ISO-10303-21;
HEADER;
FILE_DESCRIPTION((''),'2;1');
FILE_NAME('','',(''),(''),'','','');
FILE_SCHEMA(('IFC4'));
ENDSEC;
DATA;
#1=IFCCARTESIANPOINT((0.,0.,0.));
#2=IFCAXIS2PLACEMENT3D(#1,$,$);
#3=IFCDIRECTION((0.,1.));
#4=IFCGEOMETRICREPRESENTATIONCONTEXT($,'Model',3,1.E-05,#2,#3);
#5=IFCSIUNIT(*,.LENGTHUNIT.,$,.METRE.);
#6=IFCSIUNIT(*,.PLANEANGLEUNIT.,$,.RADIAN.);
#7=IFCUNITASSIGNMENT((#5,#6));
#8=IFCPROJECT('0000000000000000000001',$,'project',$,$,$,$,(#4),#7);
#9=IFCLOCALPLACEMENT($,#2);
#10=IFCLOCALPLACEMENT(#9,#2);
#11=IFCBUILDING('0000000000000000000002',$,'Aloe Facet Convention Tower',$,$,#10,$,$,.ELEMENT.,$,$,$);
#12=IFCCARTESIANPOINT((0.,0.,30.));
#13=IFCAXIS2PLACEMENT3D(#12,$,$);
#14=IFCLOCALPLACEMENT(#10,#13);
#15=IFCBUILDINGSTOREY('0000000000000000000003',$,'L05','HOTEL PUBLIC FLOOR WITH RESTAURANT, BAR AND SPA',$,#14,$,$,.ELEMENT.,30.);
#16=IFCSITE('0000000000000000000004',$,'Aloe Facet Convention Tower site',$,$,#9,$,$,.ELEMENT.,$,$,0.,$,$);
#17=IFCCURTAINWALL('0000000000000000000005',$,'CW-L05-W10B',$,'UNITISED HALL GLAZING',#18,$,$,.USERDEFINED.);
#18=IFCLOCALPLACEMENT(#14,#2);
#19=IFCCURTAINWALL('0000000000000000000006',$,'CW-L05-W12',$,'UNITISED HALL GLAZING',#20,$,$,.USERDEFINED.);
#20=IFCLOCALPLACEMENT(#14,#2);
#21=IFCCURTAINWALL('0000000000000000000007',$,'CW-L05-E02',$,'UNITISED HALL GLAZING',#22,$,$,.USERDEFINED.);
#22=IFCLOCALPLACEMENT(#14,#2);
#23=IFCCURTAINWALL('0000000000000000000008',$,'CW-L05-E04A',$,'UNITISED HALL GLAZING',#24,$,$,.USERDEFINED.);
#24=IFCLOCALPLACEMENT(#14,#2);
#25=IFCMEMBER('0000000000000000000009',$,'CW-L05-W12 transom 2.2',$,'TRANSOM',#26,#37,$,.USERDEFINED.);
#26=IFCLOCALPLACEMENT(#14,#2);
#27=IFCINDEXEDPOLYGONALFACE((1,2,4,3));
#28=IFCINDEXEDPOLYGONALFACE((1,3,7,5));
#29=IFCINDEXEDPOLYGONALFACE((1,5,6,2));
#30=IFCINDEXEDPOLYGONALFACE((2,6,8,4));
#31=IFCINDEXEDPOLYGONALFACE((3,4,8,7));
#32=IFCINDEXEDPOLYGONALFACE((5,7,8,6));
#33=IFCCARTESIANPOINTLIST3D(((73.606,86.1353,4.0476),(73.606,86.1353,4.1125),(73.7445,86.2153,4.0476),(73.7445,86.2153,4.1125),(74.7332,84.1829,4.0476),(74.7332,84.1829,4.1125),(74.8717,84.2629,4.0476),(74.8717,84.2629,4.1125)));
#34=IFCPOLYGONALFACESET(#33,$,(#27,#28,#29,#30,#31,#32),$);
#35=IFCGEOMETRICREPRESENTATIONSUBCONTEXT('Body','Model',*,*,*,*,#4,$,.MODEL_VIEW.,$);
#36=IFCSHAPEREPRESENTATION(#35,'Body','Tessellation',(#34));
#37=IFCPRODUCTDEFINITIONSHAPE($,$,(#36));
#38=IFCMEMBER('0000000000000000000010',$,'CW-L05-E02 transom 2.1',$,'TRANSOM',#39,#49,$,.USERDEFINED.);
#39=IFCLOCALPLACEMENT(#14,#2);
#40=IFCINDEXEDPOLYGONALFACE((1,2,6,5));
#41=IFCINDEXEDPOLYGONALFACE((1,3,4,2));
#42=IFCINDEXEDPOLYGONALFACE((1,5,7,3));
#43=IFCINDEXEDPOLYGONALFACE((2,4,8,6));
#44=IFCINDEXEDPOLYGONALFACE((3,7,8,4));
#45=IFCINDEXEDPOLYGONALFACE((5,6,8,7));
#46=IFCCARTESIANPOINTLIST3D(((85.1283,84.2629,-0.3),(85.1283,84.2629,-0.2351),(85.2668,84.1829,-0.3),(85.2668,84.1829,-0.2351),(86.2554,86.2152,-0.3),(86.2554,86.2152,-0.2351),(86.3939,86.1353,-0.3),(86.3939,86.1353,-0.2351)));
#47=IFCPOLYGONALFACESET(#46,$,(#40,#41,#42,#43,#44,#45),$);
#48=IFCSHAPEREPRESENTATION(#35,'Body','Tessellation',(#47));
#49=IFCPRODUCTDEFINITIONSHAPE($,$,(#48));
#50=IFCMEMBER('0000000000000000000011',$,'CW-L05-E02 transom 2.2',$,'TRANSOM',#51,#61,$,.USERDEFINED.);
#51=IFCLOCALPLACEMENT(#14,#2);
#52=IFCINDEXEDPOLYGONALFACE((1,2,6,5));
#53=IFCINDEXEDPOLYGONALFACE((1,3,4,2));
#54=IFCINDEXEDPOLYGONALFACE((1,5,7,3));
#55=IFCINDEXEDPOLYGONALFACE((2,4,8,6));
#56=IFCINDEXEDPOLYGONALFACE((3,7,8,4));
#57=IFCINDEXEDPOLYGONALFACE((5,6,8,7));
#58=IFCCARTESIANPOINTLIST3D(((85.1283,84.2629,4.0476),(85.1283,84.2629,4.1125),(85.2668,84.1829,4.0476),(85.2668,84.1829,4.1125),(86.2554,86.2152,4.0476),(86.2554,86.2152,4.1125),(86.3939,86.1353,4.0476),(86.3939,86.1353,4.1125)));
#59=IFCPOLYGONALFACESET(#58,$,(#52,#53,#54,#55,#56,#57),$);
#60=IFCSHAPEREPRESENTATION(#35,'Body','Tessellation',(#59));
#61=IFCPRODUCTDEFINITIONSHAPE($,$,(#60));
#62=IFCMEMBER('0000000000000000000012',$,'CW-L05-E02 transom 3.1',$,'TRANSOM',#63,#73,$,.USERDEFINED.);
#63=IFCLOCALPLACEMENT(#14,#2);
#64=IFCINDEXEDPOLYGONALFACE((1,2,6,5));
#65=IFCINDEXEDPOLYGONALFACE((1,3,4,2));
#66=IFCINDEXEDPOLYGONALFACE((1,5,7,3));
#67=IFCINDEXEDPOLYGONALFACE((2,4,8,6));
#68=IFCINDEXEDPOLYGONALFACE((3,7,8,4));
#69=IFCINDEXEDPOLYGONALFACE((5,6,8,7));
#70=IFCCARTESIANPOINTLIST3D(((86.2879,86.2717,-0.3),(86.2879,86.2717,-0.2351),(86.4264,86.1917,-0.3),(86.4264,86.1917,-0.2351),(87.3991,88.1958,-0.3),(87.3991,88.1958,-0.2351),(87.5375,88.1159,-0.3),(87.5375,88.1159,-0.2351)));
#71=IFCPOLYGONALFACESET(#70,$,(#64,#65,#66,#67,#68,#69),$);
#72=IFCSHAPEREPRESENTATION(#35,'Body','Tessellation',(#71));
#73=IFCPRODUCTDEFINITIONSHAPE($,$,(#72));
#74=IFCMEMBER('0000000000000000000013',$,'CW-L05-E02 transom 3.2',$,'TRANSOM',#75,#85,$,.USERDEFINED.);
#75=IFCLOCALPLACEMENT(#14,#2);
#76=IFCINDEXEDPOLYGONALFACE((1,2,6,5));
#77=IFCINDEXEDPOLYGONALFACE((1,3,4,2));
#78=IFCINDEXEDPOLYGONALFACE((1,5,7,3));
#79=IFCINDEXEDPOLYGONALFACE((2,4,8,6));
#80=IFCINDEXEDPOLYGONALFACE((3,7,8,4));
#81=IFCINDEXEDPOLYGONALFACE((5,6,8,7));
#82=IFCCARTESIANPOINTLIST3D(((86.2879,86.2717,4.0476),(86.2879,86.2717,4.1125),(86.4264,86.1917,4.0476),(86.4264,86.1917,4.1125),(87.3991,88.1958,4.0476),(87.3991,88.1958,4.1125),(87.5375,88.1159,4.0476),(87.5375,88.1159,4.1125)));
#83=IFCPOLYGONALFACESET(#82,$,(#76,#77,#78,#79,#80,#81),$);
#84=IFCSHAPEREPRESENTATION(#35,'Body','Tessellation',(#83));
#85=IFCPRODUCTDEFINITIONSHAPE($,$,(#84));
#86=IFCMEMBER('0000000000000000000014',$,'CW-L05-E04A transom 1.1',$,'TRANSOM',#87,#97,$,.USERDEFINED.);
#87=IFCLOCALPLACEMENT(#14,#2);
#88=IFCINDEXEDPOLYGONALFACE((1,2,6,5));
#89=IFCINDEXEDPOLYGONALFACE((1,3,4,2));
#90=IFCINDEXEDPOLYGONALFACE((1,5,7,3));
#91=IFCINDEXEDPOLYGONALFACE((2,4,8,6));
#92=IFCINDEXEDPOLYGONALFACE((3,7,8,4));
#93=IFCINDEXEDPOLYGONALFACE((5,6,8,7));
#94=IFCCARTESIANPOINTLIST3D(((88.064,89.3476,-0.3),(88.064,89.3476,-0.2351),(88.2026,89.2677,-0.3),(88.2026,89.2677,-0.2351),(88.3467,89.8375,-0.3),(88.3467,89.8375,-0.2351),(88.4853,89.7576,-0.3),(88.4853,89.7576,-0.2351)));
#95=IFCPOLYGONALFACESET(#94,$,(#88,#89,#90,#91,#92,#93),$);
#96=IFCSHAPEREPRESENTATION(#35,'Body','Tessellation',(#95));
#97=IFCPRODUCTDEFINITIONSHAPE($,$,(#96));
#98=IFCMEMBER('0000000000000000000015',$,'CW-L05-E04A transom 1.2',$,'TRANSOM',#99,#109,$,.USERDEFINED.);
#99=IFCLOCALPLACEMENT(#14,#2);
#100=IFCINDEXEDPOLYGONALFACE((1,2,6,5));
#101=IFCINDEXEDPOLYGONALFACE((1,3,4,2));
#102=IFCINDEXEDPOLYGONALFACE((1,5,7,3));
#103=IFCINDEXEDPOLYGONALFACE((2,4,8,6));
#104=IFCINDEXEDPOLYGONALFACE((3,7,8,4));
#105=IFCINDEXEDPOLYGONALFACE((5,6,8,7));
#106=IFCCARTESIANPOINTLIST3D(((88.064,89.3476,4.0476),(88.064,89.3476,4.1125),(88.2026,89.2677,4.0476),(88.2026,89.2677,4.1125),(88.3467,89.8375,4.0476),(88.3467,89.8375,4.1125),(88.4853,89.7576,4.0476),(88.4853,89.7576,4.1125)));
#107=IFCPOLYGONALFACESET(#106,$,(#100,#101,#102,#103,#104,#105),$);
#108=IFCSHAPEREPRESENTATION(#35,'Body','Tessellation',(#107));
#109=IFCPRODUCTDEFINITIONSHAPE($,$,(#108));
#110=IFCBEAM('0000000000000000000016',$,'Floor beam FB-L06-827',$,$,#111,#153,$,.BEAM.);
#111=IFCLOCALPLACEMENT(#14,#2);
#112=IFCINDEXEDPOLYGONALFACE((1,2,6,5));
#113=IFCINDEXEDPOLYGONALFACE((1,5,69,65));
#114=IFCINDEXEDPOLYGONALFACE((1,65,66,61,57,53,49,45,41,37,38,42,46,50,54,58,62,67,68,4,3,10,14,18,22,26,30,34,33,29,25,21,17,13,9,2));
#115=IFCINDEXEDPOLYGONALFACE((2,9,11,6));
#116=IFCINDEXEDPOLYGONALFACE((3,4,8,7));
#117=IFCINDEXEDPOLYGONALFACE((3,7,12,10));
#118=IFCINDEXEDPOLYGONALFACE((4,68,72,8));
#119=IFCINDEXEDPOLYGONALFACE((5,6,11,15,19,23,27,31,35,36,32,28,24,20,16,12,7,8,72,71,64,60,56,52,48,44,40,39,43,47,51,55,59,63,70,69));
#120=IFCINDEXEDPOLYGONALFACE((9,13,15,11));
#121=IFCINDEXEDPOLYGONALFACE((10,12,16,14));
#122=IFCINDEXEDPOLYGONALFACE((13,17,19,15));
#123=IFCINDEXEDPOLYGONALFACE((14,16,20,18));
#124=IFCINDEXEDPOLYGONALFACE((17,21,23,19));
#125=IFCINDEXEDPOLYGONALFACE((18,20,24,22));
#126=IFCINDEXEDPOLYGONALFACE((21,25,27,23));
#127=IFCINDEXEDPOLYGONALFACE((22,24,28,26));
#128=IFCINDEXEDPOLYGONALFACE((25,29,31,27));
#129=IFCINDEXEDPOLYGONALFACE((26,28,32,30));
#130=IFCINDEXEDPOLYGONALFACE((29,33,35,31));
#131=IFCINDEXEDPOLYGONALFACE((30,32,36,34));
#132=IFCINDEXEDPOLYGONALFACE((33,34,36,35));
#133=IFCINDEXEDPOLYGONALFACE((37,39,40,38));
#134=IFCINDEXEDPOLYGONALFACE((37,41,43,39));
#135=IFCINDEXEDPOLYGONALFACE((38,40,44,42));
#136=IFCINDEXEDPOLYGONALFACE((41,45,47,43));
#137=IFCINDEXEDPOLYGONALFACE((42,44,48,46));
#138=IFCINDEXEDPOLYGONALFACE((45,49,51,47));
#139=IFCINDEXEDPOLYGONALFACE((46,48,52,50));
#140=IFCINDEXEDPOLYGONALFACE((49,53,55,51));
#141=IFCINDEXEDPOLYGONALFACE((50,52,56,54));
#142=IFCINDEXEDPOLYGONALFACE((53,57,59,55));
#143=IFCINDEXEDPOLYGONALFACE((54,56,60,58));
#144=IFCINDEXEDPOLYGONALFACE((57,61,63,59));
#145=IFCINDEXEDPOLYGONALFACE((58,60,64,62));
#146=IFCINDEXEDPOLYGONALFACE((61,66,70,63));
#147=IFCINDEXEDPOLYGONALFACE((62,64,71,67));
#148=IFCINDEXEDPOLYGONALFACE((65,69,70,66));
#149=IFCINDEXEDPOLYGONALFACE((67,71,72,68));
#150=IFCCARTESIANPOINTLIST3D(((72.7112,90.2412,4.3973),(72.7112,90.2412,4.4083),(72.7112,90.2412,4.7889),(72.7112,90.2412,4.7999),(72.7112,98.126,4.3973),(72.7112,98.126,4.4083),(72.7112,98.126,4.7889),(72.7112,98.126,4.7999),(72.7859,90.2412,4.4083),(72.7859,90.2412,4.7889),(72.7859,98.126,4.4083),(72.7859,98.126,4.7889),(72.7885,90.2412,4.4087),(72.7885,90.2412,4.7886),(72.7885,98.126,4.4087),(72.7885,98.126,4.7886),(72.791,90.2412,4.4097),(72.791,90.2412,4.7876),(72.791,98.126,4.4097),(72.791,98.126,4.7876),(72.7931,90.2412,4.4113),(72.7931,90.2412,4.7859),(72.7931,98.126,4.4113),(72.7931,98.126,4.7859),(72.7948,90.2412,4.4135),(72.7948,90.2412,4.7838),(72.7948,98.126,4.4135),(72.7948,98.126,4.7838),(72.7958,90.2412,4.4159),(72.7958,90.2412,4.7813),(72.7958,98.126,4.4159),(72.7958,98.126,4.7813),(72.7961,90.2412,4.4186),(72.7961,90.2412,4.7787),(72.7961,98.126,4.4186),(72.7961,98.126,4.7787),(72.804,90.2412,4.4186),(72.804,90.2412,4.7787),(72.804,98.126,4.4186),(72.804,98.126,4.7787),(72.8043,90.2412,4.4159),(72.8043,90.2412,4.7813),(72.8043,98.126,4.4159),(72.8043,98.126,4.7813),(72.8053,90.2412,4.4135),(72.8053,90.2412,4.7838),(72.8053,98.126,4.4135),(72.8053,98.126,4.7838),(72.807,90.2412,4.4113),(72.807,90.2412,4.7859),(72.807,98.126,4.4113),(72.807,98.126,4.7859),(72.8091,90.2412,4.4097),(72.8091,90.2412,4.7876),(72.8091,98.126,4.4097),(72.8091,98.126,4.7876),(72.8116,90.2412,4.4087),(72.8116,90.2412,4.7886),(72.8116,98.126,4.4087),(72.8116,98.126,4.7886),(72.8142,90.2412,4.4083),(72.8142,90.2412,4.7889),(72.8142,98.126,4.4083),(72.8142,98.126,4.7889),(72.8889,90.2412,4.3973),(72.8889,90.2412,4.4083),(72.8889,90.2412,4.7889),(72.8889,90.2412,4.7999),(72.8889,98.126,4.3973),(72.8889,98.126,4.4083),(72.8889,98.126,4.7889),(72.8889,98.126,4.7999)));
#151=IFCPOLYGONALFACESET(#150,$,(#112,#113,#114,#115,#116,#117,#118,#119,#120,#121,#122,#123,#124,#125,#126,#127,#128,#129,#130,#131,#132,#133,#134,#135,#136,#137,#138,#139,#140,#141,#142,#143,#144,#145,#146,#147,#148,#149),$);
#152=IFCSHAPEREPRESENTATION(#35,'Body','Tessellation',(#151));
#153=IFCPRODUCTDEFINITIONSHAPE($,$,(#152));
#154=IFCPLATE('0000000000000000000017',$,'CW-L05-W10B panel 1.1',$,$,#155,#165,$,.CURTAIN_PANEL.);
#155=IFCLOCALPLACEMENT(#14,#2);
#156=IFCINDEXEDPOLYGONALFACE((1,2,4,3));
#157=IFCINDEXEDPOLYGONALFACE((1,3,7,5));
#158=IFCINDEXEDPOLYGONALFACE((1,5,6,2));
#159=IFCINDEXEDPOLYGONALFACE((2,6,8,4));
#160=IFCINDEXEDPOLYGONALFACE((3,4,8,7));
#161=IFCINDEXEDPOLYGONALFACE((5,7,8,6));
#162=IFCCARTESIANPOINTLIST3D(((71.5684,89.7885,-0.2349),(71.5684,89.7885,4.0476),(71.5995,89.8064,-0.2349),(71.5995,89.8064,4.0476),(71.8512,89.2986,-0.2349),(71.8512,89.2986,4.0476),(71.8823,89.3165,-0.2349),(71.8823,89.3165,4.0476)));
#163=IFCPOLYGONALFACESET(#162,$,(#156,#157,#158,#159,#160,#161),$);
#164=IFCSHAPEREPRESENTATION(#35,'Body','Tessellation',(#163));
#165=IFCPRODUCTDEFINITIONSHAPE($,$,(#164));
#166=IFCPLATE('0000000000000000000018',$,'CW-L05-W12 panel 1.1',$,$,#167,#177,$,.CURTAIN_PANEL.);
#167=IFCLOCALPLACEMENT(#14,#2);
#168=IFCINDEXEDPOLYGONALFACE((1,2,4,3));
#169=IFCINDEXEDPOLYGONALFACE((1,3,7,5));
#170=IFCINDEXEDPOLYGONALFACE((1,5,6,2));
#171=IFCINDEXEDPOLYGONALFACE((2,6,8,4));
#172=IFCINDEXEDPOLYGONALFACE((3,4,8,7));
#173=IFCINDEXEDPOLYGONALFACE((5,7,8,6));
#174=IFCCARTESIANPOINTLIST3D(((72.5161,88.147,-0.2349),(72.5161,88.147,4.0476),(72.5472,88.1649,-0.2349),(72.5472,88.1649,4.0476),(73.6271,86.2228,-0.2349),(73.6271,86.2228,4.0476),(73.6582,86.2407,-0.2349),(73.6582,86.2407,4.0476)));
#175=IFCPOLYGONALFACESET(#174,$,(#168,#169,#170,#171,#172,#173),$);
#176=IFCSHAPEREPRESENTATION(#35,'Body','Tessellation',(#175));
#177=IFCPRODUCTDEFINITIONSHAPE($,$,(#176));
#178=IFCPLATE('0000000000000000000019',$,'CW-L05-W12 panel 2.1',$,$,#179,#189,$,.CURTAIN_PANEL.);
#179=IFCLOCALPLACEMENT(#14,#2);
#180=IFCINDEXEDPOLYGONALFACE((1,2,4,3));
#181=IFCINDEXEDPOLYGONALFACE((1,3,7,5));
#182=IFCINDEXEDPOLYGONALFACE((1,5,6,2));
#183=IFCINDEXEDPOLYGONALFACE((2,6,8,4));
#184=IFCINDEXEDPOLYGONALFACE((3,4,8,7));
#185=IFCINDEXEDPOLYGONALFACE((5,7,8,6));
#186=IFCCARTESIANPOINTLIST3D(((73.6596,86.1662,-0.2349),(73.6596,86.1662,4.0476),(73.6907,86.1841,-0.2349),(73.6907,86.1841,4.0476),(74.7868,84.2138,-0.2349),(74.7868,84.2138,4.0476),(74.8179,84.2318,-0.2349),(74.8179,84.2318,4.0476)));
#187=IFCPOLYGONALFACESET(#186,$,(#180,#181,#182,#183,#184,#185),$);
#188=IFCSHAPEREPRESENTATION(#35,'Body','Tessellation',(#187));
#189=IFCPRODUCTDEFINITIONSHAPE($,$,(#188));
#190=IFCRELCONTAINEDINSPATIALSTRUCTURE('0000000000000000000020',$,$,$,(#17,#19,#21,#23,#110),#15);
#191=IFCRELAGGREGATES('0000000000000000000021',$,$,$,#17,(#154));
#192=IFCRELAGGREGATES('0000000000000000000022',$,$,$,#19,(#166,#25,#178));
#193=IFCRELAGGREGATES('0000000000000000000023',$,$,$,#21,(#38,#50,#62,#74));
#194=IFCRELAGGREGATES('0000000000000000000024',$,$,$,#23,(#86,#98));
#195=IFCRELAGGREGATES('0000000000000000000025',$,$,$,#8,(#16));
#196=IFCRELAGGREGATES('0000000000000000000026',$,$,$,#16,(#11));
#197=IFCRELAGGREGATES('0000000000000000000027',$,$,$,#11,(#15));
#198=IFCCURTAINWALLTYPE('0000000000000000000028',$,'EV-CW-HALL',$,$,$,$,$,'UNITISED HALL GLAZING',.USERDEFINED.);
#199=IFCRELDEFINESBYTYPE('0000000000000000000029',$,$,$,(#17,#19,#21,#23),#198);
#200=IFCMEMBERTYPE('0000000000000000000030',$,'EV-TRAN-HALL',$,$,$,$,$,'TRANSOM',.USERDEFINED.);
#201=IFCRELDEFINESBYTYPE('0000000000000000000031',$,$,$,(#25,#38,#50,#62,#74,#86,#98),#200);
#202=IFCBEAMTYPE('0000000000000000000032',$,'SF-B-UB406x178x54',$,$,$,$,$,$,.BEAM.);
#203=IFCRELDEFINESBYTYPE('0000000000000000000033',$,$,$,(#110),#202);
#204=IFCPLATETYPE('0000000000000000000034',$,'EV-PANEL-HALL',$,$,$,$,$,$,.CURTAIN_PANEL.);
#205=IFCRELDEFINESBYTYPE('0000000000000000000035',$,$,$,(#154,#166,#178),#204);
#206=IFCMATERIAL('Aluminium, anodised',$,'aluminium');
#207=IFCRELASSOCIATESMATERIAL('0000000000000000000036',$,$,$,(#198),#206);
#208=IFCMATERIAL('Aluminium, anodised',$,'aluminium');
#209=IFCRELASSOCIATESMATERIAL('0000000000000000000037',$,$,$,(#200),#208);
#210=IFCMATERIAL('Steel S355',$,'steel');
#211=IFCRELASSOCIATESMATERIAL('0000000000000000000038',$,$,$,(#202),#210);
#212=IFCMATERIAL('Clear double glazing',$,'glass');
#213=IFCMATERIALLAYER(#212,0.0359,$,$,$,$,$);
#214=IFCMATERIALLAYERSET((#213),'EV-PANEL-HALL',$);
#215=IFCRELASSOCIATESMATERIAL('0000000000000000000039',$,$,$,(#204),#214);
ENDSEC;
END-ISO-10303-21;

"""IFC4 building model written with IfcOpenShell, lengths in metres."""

from ifc_helpers import new_model, si_unit, direction, frame, origin, origin_2d, place, context, subcontext, project, spatial, rectangle, i_section, extrude, material, layer, layer_set, material_profile, profile_set, type_object, element, aggregate, save


model = new_model("IFC4")

# Units and contexts
model_context = context("Model", 3, precision=1e-05, world=origin(), true_north=direction((0.0, 1.0)))
body_context = subcontext(model_context, "Body", "Model", "MODEL_VIEW")
ifc_project = project(units=[si_unit("LENGTHUNIT", "METRE"), si_unit("PLANEANGLEUNIT", "RADIAN")], contexts=[model_context])

# Site, building, storey
site_placement = place(None, origin())
site = spatial("IfcSite", under=ifc_project, at=site_placement, Name="Aloe Facet Convention Tower site", CompositionType="ELEMENT", RefElevation=0.0)
building_placement = place(site_placement, origin())
building = spatial("IfcBuilding", under=site, at=building_placement, Name="Aloe Facet Convention Tower", CompositionType="ELEMENT")
storey_placement = place(building_placement, frame((0.0, 0.0, 30.0)))
storey = spatial("IfcBuildingStorey", under=building, at=storey_placement, Name="L05", Description="HOTEL PUBLIC FLOOR WITH RESTAURANT, BAR AND SPA", CompositionType="ELEMENT", Elevation=30.0)

# Curtain walls
ifc_material_1 = material(Name="Aluminium, anodised", Category="aluminium")
curtain_wall_type = type_object("IfcCurtainWallType", Name="EV-CW-HALL", ElementType="UNITISED HALL GLAZING", PredefinedType="USERDEFINED", material=ifc_material_1)
curtain_wall_1_placement = place(storey_placement, origin())
curtain_wall_1 = element("IfcCurtainWall", 1, at=curtain_wall_1_placement, inside=storey, type_object=curtain_wall_type, Name="CW-L05-W10B", ObjectType="UNITISED HALL GLAZING", PredefinedType="USERDEFINED")
curtain_wall_2_placement = place(storey_placement, origin())
curtain_wall_2 = element("IfcCurtainWall", 2, at=curtain_wall_2_placement, inside=storey, type_object=curtain_wall_type, Name="CW-L05-W12", ObjectType="UNITISED HALL GLAZING", PredefinedType="USERDEFINED")
curtain_wall_3_placement = place(storey_placement, origin())
curtain_wall_3 = element("IfcCurtainWall", 3, at=curtain_wall_3_placement, inside=storey, type_object=curtain_wall_type, Name="CW-L05-E02", ObjectType="UNITISED HALL GLAZING", PredefinedType="USERDEFINED")
curtain_wall_4_placement = place(storey_placement, origin())
curtain_wall_4 = element("IfcCurtainWall", 4, at=curtain_wall_4_placement, inside=storey, type_object=curtain_wall_type, Name="CW-L05-E04A", ObjectType="UNITISED HALL GLAZING", PredefinedType="USERDEFINED")

# Members
ifc_material_2 = material(Name="Aluminium, anodised", Category="aluminium")
ifc_material_profile_1 = material_profile(ifc_material_2, rectangle(XDim=0.1599, YDim=0.0649, at=origin_2d()), Name="AL 160x65")
ifc_profile_set_1 = profile_set([ifc_material_profile_1], Name="Aluminium, anodised")
member_type_1 = type_object("IfcMemberType", Name="EV-TRAN-HALL", ElementType="TRANSOM", PredefinedType="USERDEFINED", material=ifc_profile_set_1)
member_1_placement = place(storey_placement, frame((73.6753, 86.1753, 4.0801), z_axis=(0.499994, -0.866029, 0.0), x_axis=(0.866029, 0.499994, 0.0)))
member_1 = element("IfcMember", 5, at=member_1_placement, type_object=member_type_1, Name="CW-L05-W12 transom 2.2", ObjectType="TRANSOM", PredefinedType="USERDEFINED", context=body_context, shape_type="SweptSolid", body=[
    extrude(rectangle(XDim=0.1599, YDim=0.0649, at=origin_2d()), origin(), (0.0, 0.0, 1.0), 2.2544),
])
member_2_placement = place(storey_placement, frame((85.1975, 84.2229, -0.2676), z_axis=(0.499994, 0.866029, 0.0), x_axis=(-0.866029, 0.499994, 0.0)))
member_2 = element("IfcMember", 6, at=member_2_placement, type_object=member_type_1, Name="CW-L05-E02 transom 2.1", ObjectType="TRANSOM", PredefinedType="USERDEFINED", context=body_context, shape_type="SweptSolid", body=[
    extrude(rectangle(XDim=0.1599, YDim=0.0649, at=origin_2d()), origin(), (0.0, 0.0, 1.0), 2.2544),
])
member_3_placement = place(storey_placement, frame((85.1975, 84.2229, 4.0801), z_axis=(0.499994, 0.866029, 0.0), x_axis=(-0.866029, 0.499994, 0.0)))
member_3 = element("IfcMember", 7, at=member_3_placement, type_object=member_type_1, Name="CW-L05-E02 transom 2.2", ObjectType="TRANSOM", PredefinedType="USERDEFINED", context=body_context, shape_type="SweptSolid", body=[
    extrude(rectangle(XDim=0.1599, YDim=0.0649, at=origin_2d()), origin(), (0.0, 0.0, 1.0), 2.2544),
])
member_4_placement = place(storey_placement, frame((86.3572, 86.2317, -0.2676), z_axis=(0.500074, 0.865982, 0.0), x_axis=(-0.865982, 0.500074, 0.0)))
member_4 = element("IfcMember", 8, at=member_4_placement, type_object=member_type_1, Name="CW-L05-E02 transom 3.1", ObjectType="TRANSOM", PredefinedType="USERDEFINED", context=body_context, shape_type="SweptSolid", body=[
    extrude(rectangle(XDim=0.1599, YDim=0.0649, at=origin_2d()), origin(), (0.0, 0.0, 1.0), 2.2219),
])
member_5_placement = place(storey_placement, frame((86.3572, 86.2317, 4.0801), z_axis=(0.500074, 0.865982, 0.0), x_axis=(-0.865982, 0.500074, 0.0)))
member_5 = element("IfcMember", 9, at=member_5_placement, type_object=member_type_1, Name="CW-L05-E02 transom 3.2", ObjectType="TRANSOM", PredefinedType="USERDEFINED", context=body_context, shape_type="SweptSolid", body=[
    extrude(rectangle(XDim=0.1599, YDim=0.0649, at=origin_2d()), origin(), (0.0, 0.0, 1.0), 2.2219),
])
member_6_placement = place(storey_placement, frame((88.1333, 89.3076, -0.2676), z_axis=(0.49976, 0.866164, 0.0), x_axis=(-0.866164, 0.49976, 0.0)))
member_6 = element("IfcMember", 10, at=member_6_placement, type_object=member_type_1, Name="CW-L05-E04A transom 1.1", ObjectType="TRANSOM", PredefinedType="USERDEFINED", context=body_context, shape_type="SweptSolid", body=[
    extrude(rectangle(XDim=0.1599, YDim=0.0649, at=origin_2d()), origin(), (0.0, 0.0, 1.0), 0.5657),
])
member_7_placement = place(storey_placement, frame((88.1333, 89.3076, 4.0801), z_axis=(0.49976, 0.866164, 0.0), x_axis=(-0.866164, 0.49976, 0.0)))
member_7 = element("IfcMember", 11, at=member_7_placement, type_object=member_type_1, Name="CW-L05-E04A transom 1.2", ObjectType="TRANSOM", PredefinedType="USERDEFINED", context=body_context, shape_type="SweptSolid", body=[
    extrude(rectangle(XDim=0.1599, YDim=0.0649, at=origin_2d()), origin(), (0.0, 0.0, 1.0), 0.5657),
])

# Beam
ifc_material_3 = material(Name="Steel S355", Category="steel")
ifc_material_profile_2 = material_profile(ifc_material_3, i_section(OverallWidth=0.1777, OverallDepth=0.4026, WebThickness=0.0078, FlangeThickness=0.011, FilletRadius=0.0103, at=origin_2d()), Name="UB 406x178x54")
ifc_profile_set_2 = profile_set([ifc_material_profile_2], Name="Steel S355")
beam_type = type_object("IfcBeamType", Name="SF-B-UB406x178x54", PredefinedType="BEAM", material=ifc_profile_set_2)
beam_placement = place(storey_placement, frame((72.8, 90.2412, 4.5986), z_axis=(0.0, 1.0, 0.0), x_axis=(-1.0, 0.0, 0.0)))
element("IfcBeam", 12, at=beam_placement, inside=storey, type_object=beam_type, Name="Floor beam FB-L06-827", PredefinedType="BEAM", context=body_context, shape_type="SweptSolid", body=[
    extrude(i_section(OverallWidth=0.1777, OverallDepth=0.4026, WebThickness=0.0078, FlangeThickness=0.011, FilletRadius=0.0103, at=origin_2d()), origin(), (0.0, 0.0, 1.0), 7.8848),
])

# Plates
ifc_material_4 = material(Name="Clear double glazing", Category="glass")
ifc_layer_1 = layer(ifc_material_4, 0.0359)
ifc_layer_set_1 = layer_set([ifc_layer_1], Name="EV-PANEL-HALL")
plate_type = type_object("IfcPlateType", Name="EV-PANEL-HALL", PredefinedType="CURTAIN_PANEL", material=ifc_layer_set_1)
plate_1_placement = place(storey_placement, frame((71.7253, 89.5525, -0.2349), z_axis=(0.0, 0.0, 1.0), x_axis=(0.5, -0.866025, 0.0)))
plate_1 = element("IfcPlate", 13, at=plate_1_placement, type_object=plate_type, Name="CW-L05-W10B panel 1.1", PredefinedType="CURTAIN_PANEL", context=body_context, shape_type="SweptSolid", body=[
    extrude(rectangle(XDim=0.5657, YDim=0.0359, at=origin_2d()), origin(), (0.0, 0.0, 1.0), 4.2825),
])
aggregate(curtain_wall_1, [plate_1])
plate_2_placement = place(storey_placement, frame((73.0872, 87.1938, -0.2349), z_axis=(0.0, 0.0, 1.0), x_axis=(0.5, -0.866025, 0.0)))
plate_2 = element("IfcPlate", 14, at=plate_2_placement, type_object=plate_type, Name="CW-L05-W12 panel 1.1", PredefinedType="CURTAIN_PANEL", context=body_context, shape_type="SweptSolid", body=[
    extrude(rectangle(XDim=2.2219, YDim=0.0359, at=origin_2d()), origin(), (0.0, 0.0, 1.0), 4.2825),
])
plate_3_placement = place(storey_placement, frame((74.2388, 85.199, -0.2349), z_axis=(0.0, 0.0, 1.0), x_axis=(0.5, -0.866025, 0.0)))
plate_3 = element("IfcPlate", 15, at=plate_3_placement, type_object=plate_type, Name="CW-L05-W12 panel 2.1", PredefinedType="CURTAIN_PANEL", context=body_context, shape_type="SweptSolid", body=[
    extrude(rectangle(XDim=2.2544, YDim=0.0359, at=origin_2d()), origin(), (0.0, 0.0, 1.0), 4.2825),
])
aggregate(curtain_wall_2, [plate_2, member_1, plate_3])
aggregate(curtain_wall_3, [member_2, member_3, member_4, member_5])
aggregate(curtain_wall_4, [member_6, member_7])

save(model, "model.ifc")
